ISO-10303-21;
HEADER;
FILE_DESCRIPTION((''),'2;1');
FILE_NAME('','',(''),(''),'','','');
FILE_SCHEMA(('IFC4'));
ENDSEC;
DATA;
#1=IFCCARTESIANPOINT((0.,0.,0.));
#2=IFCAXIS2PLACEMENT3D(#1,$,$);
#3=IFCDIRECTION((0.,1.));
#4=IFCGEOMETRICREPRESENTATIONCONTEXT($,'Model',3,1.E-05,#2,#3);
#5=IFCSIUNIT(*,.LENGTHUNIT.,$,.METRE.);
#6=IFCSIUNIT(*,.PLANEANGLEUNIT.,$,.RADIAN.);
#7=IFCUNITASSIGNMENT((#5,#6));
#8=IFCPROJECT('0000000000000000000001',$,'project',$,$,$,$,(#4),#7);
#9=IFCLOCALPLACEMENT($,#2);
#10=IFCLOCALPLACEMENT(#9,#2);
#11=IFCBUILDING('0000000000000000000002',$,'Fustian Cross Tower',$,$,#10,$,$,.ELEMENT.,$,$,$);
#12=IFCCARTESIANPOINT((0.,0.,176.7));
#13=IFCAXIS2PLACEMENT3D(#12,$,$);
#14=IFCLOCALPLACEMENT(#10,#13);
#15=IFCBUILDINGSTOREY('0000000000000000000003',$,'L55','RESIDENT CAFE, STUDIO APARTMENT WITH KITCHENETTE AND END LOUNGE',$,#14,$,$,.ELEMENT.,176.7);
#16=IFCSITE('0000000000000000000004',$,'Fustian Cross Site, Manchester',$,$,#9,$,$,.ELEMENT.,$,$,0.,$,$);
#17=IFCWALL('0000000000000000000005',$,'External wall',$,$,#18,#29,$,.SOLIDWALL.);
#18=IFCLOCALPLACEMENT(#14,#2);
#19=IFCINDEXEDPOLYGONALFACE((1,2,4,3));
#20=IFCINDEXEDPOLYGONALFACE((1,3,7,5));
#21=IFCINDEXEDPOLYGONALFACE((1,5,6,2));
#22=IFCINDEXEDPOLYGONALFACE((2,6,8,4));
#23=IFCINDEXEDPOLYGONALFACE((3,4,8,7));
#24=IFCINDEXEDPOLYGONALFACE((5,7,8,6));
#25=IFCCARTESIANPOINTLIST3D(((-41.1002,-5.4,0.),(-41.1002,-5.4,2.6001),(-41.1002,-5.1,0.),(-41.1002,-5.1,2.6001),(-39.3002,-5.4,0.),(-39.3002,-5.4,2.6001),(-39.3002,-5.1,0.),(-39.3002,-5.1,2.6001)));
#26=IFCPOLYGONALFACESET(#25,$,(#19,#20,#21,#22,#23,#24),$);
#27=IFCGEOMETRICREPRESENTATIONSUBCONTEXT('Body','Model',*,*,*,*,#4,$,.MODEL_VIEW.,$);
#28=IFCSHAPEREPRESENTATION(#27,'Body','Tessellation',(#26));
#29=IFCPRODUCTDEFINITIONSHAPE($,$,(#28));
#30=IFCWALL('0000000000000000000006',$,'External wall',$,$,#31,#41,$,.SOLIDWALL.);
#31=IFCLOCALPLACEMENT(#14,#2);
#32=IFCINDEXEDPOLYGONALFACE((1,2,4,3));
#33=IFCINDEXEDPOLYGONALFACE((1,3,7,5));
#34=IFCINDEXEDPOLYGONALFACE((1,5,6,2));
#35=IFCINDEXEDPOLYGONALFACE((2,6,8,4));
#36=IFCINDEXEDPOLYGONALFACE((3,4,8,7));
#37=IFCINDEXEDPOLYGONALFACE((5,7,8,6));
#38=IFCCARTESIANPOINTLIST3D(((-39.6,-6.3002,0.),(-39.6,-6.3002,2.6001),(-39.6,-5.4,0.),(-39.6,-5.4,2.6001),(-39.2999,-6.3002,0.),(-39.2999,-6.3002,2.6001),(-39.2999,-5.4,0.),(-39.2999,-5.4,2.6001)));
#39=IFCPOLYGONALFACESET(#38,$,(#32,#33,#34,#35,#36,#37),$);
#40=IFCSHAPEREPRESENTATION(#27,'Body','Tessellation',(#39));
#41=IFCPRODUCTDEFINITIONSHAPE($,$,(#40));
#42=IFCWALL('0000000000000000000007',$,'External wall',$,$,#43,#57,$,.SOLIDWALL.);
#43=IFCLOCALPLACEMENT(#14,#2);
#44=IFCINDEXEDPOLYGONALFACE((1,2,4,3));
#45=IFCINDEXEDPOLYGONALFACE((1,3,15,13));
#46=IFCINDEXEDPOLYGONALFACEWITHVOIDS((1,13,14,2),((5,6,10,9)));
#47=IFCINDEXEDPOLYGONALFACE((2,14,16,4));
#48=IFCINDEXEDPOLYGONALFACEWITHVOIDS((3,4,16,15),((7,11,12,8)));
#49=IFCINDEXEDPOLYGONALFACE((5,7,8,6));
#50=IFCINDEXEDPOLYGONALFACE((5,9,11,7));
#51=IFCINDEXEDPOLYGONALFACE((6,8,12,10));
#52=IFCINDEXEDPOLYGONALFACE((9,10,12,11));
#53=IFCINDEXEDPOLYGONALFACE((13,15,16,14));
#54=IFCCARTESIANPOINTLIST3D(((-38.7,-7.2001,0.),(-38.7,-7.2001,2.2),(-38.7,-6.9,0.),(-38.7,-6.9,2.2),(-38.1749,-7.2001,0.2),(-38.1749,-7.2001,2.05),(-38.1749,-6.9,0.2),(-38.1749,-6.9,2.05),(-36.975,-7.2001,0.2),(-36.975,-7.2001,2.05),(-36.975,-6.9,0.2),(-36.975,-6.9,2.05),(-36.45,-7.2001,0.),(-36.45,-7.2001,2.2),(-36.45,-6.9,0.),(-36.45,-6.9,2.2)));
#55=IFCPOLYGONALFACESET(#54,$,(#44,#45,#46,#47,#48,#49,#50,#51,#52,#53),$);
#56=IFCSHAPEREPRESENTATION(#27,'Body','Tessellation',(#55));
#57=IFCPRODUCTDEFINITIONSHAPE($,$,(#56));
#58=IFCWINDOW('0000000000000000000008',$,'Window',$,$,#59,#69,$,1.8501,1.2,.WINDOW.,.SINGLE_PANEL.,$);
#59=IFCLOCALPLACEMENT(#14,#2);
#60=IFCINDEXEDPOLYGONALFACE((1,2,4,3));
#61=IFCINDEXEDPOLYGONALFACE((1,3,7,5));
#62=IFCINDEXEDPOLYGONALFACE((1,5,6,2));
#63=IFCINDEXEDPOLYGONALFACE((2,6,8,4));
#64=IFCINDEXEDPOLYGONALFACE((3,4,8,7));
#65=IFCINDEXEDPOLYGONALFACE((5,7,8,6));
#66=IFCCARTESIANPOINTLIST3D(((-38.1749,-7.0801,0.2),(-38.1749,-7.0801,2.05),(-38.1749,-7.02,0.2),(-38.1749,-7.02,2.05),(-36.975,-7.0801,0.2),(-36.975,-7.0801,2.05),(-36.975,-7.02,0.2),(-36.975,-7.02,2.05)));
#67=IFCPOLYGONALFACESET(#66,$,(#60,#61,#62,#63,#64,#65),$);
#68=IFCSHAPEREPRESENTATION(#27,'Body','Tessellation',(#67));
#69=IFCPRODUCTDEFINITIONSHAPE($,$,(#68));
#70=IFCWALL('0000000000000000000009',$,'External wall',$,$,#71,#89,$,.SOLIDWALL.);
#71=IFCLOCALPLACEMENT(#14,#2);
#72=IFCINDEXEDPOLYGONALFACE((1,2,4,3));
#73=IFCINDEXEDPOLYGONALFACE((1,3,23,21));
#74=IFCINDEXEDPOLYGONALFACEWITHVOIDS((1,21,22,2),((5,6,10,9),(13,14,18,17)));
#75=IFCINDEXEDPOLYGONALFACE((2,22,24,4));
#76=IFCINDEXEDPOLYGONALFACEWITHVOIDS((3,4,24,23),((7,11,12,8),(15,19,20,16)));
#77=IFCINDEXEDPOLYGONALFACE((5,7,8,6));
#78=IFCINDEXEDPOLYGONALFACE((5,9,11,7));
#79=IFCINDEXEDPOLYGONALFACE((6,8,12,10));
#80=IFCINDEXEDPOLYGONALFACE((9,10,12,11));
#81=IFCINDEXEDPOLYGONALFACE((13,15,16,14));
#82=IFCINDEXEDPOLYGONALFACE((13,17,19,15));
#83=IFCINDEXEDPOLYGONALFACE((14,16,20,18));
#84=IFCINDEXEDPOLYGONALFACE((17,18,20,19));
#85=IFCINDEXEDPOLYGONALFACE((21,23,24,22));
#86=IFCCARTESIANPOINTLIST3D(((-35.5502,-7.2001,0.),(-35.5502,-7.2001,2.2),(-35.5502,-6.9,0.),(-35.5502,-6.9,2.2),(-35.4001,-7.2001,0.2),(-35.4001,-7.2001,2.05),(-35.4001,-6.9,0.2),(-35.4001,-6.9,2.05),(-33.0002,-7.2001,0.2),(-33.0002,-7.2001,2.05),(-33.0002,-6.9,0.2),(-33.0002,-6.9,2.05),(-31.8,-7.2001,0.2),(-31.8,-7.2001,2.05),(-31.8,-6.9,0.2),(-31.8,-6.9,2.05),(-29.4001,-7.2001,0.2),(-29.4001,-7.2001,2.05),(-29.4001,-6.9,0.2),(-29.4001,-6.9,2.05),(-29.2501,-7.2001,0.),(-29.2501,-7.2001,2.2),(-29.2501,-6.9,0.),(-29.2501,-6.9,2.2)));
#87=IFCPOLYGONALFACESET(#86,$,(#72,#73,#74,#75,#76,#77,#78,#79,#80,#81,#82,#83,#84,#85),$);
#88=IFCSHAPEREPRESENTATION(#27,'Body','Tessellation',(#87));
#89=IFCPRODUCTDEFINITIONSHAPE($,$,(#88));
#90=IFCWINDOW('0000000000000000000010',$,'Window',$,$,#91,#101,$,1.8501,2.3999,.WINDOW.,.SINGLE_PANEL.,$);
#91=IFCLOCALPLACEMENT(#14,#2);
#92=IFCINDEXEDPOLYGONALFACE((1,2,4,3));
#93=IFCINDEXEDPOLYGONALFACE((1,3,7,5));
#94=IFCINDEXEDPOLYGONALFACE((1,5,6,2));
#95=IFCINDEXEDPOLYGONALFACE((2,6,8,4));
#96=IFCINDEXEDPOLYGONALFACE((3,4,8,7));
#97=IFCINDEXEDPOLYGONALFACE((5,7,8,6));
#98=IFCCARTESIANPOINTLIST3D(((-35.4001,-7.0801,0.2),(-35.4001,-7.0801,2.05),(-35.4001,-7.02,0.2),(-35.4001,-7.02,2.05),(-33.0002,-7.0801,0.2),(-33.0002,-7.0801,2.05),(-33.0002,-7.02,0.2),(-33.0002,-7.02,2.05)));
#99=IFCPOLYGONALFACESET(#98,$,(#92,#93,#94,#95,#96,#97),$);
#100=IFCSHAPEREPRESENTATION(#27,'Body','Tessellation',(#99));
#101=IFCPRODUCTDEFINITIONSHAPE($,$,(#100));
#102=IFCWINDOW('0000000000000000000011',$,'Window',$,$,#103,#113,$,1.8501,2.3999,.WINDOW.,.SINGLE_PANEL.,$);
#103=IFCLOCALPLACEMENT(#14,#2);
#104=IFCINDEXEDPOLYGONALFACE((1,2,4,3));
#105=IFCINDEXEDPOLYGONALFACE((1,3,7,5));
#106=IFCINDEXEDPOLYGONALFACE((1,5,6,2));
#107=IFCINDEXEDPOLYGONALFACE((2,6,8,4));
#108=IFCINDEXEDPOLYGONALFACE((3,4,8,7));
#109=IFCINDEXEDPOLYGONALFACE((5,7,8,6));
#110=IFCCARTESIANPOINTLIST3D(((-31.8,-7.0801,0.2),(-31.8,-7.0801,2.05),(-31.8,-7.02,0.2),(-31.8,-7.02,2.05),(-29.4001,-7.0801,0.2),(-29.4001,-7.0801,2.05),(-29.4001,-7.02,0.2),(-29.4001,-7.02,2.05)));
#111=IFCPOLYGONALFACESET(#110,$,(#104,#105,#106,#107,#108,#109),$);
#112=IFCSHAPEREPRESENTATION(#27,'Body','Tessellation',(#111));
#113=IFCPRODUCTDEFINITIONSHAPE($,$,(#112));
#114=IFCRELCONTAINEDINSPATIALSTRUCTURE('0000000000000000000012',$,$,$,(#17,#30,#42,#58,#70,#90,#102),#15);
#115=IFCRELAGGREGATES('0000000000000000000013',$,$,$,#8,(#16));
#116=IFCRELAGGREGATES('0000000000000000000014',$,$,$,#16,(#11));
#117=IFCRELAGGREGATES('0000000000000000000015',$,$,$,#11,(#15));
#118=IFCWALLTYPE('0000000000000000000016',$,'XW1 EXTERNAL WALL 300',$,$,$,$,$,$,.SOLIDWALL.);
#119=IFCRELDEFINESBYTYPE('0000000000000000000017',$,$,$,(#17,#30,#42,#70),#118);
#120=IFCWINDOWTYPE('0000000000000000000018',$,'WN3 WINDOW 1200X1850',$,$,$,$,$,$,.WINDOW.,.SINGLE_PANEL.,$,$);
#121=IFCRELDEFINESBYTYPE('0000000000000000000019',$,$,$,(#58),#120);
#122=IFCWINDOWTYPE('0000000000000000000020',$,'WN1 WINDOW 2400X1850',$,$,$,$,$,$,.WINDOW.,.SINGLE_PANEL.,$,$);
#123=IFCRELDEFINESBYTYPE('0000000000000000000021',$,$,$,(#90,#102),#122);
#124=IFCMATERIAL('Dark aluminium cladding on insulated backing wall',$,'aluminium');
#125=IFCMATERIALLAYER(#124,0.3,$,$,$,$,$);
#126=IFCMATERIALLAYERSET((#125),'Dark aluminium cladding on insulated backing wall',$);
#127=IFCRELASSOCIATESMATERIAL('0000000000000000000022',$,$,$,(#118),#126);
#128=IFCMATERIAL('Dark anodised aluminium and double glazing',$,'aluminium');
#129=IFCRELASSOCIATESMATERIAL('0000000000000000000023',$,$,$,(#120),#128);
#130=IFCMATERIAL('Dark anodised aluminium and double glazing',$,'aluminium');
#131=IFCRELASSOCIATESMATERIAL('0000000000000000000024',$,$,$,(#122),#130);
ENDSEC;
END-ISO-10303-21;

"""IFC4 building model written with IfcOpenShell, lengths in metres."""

from ifc_helpers import new_model, si_unit, direction, frame, frame_2d, origin, place, context, subcontext, project, spatial, rectangle, extrude, material, layer, layer_set, type_object, element, fill, save


model = new_model("IFC4")

# Units and contexts
model_context = context("Model", 3, precision=1e-05, world=origin(), true_north=direction((0.0, 1.0)))
body_context = subcontext(model_context, "Body", "Model", "MODEL_VIEW")
ifc_project = project(units=[si_unit("LENGTHUNIT", "METRE"), si_unit("PLANEANGLEUNIT", "RADIAN")], contexts=[model_context])

# Site, building, storey
site_placement = place(None, origin())
site = spatial("IfcSite", under=ifc_project, at=site_placement, Name="Fustian Cross Site, Manchester", CompositionType="ELEMENT", RefElevation=0.0)
building_placement = place(site_placement, origin())
building = spatial("IfcBuilding", under=site, at=building_placement, Name="Fustian Cross Tower", CompositionType="ELEMENT")
storey_placement = place(building_placement, frame((0.0, 0.0, 176.7)))
storey = spatial("IfcBuildingStorey", under=building, at=storey_placement, Name="L55", Description="RESIDENT CAFE, STUDIO APARTMENT WITH KITCHENETTE AND END LOUNGE", CompositionType="ELEMENT", Elevation=176.7)

# Shared definitions
ifc_material_1 = material(Name="Dark aluminium cladding on insulated backing wall", Category="aluminium")
ifc_layer_1 = layer(ifc_material_1, 0.3)
ifc_layer_set_1 = layer_set([ifc_layer_1], Name="Dark aluminium cladding on insulated backing wall")
wall_type_1 = type_object("IfcWallType", Name="XW1 EXTERNAL WALL 300", PredefinedType="SOLIDWALL", material=ifc_layer_set_1)

# Shared definitions
ifc_material_2 = material(Name="Dark anodised aluminium and double glazing", Category="aluminium")
window_type_1 = type_object("IfcWindowType", Name="WN3 WINDOW 1200X1850", PartitioningType="SINGLE_PANEL", PredefinedType="WINDOW", material=ifc_material_2)

# Walls
wall_1_placement = place(storey_placement, frame((-41.1001, -5.25, 0.0), z_axis=(0.0, 0.0, 1.0), x_axis=(1.0, 0.0, 0.0)))
element("IfcWall", 1, at=wall_1_placement, inside=storey, type_object=wall_type_1, Name="External wall", PredefinedType="SOLIDWALL", context=body_context, shape_type="SweptSolid", body=[
    extrude(rectangle(XDim=1.8, YDim=0.3, at=frame_2d((0.8999, 0.0))), origin(), (0.0, 0.0, 1.0), 2.6001),
])
wall_2_placement = place(storey_placement, frame((-39.45, -5.3999, 0.0), z_axis=(0.0, 0.0, 1.0), x_axis=(0.0, -1.0, 0.0)))
element("IfcWall", 2, at=wall_2_placement, inside=storey, type_object=wall_type_1, Name="External wall", PredefinedType="SOLIDWALL", context=body_context, shape_type="SweptSolid", body=[
    extrude(rectangle(XDim=0.9001, YDim=0.3, at=frame_2d((0.4502, 0.0))), origin(), (0.0, 0.0, 1.0), 2.6001),
])

# Wall, opening, window
wall_3_placement = place(storey_placement, frame((-38.7, -7.05, 0.0), z_axis=(0.0, 0.0, 1.0), x_axis=(1.0, 0.0, 0.0)))
wall_3 = element("IfcWall", 3, at=wall_3_placement, inside=storey, type_object=wall_type_1, Name="External wall", PredefinedType="SOLIDWALL", context=body_context, shape_type="SweptSolid", body=[
    extrude(rectangle(XDim=2.25, YDim=0.3, at=frame_2d((1.125, 0.0))), origin(), (0.0, 0.0, 1.0), 2.2),
])
opening_1_placement = place(wall_3_placement, frame((0.5249, 0.0, 0.2)))
opening_1 = element("IfcOpeningElement", 4, at=opening_1_placement, cuts=wall_3, PredefinedType="OPENING", context=body_context, shape_type="SweptSolid", body=[
    extrude(rectangle(XDim=1.2, YDim=1.8501, at=frame_2d((0.6001, 0.925))), frame((0.0, 0.1599, 0.0), z_axis=(0.0, -1.0, 0.0), x_axis=(1.0, 0.0, 0.0)), (0.0, 0.0, 1.0), 0.3201),
])
window_1_placement = place(opening_1_placement, origin())
window_1 = element("IfcWindow", 5, at=window_1_placement, inside=storey, type_object=window_type_1, Name="Window", OverallHeight=1.8501, OverallWidth=1.2, PartitioningType="SINGLE_PANEL", PredefinedType="WINDOW", context=body_context, shape_type="SweptSolid", body=[
    extrude(rectangle(XDim=1.2, YDim=1.8501, at=frame_2d((0.6001, 0.925))), frame((0.0, 0.03, 0.0), z_axis=(0.0, -1.0, 0.0), x_axis=(1.0, 0.0, 0.0)), (0.0, 0.0, 1.0), 0.0601),
])
fill(opening_1, window_1)

# Wall, openings, windows
wall_4_placement = place(storey_placement, frame((-35.55, -7.05, 0.0), z_axis=(0.0, 0.0, 1.0), x_axis=(1.0, 0.0, 0.0)))
wall_4 = element("IfcWall", 6, at=wall_4_placement, inside=storey, type_object=wall_type_1, Name="External wall", PredefinedType="SOLIDWALL", context=body_context, shape_type="SweptSolid", body=[
    extrude(rectangle(XDim=6.3, YDim=0.3, at=frame_2d((3.1499, 0.0))), origin(), (0.0, 0.0, 1.0), 2.2),
])
opening_2_placement = place(wall_4_placement, frame((0.1499, 0.0, 0.2)))
opening_2 = element("IfcOpeningElement", 7, at=opening_2_placement, cuts=wall_4, PredefinedType="OPENING", context=body_context, shape_type="SweptSolid", body=[
    extrude(rectangle(XDim=2.3999, YDim=1.8501, at=frame_2d((1.2, 0.925))), frame((0.0, 0.1599, 0.0), z_axis=(0.0, -1.0, 0.0), x_axis=(1.0, 0.0, 0.0)), (0.0, 0.0, 1.0), 0.3201),
])
opening_3_placement = place(wall_4_placement, frame((3.75, 0.0, 0.2)))
opening_3 = element("IfcOpeningElement", 8, at=opening_3_placement, cuts=wall_4, PredefinedType="OPENING", context=body_context, shape_type="SweptSolid", body=[
    extrude(rectangle(XDim=2.3999, YDim=1.8501, at=frame_2d((1.2, 0.925))), frame((0.0, 0.1599, 0.0), z_axis=(0.0, -1.0, 0.0), x_axis=(1.0, 0.0, 0.0)), (0.0, 0.0, 1.0), 0.3201),
])
ifc_material_3 = material(Name="Dark anodised aluminium and double glazing", Category="aluminium")
window_type_2 = type_object("IfcWindowType", Name="WN1 WINDOW 2400X1850", PartitioningType="SINGLE_PANEL", PredefinedType="WINDOW", material=ifc_material_3)
window_2_placement = place(opening_2_placement, origin())
window_2 = element("IfcWindow", 9, at=window_2_placement, inside=storey, type_object=window_type_2, Name="Window", OverallHeight=1.8501, OverallWidth=2.3999, PartitioningType="SINGLE_PANEL", PredefinedType="WINDOW", context=body_context, shape_type="SweptSolid", body=[
    extrude(rectangle(XDim=2.3999, YDim=1.8501, at=frame_2d((1.2, 0.925))), frame((0.0, 0.03, 0.0), z_axis=(0.0, -1.0, 0.0), x_axis=(1.0, 0.0, 0.0)), (0.0, 0.0, 1.0), 0.0601),
])
fill(opening_2, window_2)
window_3_placement = place(opening_3_placement, origin())
window_3 = element("IfcWindow", 10, at=window_3_placement, inside=storey, type_object=window_type_2, Name="Window", OverallHeight=1.8501, OverallWidth=2.3999, PartitioningType="SINGLE_PANEL", PredefinedType="WINDOW", context=body_context, shape_type="SweptSolid", body=[
    extrude(rectangle(XDim=2.3999, YDim=1.8501, at=frame_2d((1.2, 0.925))), frame((0.0, 0.03, 0.0), z_axis=(0.0, -1.0, 0.0), x_axis=(1.0, 0.0, 0.0)), (0.0, 0.0, 1.0), 0.0601),
])
fill(opening_3, window_3)

save(model, "model.ifc")
